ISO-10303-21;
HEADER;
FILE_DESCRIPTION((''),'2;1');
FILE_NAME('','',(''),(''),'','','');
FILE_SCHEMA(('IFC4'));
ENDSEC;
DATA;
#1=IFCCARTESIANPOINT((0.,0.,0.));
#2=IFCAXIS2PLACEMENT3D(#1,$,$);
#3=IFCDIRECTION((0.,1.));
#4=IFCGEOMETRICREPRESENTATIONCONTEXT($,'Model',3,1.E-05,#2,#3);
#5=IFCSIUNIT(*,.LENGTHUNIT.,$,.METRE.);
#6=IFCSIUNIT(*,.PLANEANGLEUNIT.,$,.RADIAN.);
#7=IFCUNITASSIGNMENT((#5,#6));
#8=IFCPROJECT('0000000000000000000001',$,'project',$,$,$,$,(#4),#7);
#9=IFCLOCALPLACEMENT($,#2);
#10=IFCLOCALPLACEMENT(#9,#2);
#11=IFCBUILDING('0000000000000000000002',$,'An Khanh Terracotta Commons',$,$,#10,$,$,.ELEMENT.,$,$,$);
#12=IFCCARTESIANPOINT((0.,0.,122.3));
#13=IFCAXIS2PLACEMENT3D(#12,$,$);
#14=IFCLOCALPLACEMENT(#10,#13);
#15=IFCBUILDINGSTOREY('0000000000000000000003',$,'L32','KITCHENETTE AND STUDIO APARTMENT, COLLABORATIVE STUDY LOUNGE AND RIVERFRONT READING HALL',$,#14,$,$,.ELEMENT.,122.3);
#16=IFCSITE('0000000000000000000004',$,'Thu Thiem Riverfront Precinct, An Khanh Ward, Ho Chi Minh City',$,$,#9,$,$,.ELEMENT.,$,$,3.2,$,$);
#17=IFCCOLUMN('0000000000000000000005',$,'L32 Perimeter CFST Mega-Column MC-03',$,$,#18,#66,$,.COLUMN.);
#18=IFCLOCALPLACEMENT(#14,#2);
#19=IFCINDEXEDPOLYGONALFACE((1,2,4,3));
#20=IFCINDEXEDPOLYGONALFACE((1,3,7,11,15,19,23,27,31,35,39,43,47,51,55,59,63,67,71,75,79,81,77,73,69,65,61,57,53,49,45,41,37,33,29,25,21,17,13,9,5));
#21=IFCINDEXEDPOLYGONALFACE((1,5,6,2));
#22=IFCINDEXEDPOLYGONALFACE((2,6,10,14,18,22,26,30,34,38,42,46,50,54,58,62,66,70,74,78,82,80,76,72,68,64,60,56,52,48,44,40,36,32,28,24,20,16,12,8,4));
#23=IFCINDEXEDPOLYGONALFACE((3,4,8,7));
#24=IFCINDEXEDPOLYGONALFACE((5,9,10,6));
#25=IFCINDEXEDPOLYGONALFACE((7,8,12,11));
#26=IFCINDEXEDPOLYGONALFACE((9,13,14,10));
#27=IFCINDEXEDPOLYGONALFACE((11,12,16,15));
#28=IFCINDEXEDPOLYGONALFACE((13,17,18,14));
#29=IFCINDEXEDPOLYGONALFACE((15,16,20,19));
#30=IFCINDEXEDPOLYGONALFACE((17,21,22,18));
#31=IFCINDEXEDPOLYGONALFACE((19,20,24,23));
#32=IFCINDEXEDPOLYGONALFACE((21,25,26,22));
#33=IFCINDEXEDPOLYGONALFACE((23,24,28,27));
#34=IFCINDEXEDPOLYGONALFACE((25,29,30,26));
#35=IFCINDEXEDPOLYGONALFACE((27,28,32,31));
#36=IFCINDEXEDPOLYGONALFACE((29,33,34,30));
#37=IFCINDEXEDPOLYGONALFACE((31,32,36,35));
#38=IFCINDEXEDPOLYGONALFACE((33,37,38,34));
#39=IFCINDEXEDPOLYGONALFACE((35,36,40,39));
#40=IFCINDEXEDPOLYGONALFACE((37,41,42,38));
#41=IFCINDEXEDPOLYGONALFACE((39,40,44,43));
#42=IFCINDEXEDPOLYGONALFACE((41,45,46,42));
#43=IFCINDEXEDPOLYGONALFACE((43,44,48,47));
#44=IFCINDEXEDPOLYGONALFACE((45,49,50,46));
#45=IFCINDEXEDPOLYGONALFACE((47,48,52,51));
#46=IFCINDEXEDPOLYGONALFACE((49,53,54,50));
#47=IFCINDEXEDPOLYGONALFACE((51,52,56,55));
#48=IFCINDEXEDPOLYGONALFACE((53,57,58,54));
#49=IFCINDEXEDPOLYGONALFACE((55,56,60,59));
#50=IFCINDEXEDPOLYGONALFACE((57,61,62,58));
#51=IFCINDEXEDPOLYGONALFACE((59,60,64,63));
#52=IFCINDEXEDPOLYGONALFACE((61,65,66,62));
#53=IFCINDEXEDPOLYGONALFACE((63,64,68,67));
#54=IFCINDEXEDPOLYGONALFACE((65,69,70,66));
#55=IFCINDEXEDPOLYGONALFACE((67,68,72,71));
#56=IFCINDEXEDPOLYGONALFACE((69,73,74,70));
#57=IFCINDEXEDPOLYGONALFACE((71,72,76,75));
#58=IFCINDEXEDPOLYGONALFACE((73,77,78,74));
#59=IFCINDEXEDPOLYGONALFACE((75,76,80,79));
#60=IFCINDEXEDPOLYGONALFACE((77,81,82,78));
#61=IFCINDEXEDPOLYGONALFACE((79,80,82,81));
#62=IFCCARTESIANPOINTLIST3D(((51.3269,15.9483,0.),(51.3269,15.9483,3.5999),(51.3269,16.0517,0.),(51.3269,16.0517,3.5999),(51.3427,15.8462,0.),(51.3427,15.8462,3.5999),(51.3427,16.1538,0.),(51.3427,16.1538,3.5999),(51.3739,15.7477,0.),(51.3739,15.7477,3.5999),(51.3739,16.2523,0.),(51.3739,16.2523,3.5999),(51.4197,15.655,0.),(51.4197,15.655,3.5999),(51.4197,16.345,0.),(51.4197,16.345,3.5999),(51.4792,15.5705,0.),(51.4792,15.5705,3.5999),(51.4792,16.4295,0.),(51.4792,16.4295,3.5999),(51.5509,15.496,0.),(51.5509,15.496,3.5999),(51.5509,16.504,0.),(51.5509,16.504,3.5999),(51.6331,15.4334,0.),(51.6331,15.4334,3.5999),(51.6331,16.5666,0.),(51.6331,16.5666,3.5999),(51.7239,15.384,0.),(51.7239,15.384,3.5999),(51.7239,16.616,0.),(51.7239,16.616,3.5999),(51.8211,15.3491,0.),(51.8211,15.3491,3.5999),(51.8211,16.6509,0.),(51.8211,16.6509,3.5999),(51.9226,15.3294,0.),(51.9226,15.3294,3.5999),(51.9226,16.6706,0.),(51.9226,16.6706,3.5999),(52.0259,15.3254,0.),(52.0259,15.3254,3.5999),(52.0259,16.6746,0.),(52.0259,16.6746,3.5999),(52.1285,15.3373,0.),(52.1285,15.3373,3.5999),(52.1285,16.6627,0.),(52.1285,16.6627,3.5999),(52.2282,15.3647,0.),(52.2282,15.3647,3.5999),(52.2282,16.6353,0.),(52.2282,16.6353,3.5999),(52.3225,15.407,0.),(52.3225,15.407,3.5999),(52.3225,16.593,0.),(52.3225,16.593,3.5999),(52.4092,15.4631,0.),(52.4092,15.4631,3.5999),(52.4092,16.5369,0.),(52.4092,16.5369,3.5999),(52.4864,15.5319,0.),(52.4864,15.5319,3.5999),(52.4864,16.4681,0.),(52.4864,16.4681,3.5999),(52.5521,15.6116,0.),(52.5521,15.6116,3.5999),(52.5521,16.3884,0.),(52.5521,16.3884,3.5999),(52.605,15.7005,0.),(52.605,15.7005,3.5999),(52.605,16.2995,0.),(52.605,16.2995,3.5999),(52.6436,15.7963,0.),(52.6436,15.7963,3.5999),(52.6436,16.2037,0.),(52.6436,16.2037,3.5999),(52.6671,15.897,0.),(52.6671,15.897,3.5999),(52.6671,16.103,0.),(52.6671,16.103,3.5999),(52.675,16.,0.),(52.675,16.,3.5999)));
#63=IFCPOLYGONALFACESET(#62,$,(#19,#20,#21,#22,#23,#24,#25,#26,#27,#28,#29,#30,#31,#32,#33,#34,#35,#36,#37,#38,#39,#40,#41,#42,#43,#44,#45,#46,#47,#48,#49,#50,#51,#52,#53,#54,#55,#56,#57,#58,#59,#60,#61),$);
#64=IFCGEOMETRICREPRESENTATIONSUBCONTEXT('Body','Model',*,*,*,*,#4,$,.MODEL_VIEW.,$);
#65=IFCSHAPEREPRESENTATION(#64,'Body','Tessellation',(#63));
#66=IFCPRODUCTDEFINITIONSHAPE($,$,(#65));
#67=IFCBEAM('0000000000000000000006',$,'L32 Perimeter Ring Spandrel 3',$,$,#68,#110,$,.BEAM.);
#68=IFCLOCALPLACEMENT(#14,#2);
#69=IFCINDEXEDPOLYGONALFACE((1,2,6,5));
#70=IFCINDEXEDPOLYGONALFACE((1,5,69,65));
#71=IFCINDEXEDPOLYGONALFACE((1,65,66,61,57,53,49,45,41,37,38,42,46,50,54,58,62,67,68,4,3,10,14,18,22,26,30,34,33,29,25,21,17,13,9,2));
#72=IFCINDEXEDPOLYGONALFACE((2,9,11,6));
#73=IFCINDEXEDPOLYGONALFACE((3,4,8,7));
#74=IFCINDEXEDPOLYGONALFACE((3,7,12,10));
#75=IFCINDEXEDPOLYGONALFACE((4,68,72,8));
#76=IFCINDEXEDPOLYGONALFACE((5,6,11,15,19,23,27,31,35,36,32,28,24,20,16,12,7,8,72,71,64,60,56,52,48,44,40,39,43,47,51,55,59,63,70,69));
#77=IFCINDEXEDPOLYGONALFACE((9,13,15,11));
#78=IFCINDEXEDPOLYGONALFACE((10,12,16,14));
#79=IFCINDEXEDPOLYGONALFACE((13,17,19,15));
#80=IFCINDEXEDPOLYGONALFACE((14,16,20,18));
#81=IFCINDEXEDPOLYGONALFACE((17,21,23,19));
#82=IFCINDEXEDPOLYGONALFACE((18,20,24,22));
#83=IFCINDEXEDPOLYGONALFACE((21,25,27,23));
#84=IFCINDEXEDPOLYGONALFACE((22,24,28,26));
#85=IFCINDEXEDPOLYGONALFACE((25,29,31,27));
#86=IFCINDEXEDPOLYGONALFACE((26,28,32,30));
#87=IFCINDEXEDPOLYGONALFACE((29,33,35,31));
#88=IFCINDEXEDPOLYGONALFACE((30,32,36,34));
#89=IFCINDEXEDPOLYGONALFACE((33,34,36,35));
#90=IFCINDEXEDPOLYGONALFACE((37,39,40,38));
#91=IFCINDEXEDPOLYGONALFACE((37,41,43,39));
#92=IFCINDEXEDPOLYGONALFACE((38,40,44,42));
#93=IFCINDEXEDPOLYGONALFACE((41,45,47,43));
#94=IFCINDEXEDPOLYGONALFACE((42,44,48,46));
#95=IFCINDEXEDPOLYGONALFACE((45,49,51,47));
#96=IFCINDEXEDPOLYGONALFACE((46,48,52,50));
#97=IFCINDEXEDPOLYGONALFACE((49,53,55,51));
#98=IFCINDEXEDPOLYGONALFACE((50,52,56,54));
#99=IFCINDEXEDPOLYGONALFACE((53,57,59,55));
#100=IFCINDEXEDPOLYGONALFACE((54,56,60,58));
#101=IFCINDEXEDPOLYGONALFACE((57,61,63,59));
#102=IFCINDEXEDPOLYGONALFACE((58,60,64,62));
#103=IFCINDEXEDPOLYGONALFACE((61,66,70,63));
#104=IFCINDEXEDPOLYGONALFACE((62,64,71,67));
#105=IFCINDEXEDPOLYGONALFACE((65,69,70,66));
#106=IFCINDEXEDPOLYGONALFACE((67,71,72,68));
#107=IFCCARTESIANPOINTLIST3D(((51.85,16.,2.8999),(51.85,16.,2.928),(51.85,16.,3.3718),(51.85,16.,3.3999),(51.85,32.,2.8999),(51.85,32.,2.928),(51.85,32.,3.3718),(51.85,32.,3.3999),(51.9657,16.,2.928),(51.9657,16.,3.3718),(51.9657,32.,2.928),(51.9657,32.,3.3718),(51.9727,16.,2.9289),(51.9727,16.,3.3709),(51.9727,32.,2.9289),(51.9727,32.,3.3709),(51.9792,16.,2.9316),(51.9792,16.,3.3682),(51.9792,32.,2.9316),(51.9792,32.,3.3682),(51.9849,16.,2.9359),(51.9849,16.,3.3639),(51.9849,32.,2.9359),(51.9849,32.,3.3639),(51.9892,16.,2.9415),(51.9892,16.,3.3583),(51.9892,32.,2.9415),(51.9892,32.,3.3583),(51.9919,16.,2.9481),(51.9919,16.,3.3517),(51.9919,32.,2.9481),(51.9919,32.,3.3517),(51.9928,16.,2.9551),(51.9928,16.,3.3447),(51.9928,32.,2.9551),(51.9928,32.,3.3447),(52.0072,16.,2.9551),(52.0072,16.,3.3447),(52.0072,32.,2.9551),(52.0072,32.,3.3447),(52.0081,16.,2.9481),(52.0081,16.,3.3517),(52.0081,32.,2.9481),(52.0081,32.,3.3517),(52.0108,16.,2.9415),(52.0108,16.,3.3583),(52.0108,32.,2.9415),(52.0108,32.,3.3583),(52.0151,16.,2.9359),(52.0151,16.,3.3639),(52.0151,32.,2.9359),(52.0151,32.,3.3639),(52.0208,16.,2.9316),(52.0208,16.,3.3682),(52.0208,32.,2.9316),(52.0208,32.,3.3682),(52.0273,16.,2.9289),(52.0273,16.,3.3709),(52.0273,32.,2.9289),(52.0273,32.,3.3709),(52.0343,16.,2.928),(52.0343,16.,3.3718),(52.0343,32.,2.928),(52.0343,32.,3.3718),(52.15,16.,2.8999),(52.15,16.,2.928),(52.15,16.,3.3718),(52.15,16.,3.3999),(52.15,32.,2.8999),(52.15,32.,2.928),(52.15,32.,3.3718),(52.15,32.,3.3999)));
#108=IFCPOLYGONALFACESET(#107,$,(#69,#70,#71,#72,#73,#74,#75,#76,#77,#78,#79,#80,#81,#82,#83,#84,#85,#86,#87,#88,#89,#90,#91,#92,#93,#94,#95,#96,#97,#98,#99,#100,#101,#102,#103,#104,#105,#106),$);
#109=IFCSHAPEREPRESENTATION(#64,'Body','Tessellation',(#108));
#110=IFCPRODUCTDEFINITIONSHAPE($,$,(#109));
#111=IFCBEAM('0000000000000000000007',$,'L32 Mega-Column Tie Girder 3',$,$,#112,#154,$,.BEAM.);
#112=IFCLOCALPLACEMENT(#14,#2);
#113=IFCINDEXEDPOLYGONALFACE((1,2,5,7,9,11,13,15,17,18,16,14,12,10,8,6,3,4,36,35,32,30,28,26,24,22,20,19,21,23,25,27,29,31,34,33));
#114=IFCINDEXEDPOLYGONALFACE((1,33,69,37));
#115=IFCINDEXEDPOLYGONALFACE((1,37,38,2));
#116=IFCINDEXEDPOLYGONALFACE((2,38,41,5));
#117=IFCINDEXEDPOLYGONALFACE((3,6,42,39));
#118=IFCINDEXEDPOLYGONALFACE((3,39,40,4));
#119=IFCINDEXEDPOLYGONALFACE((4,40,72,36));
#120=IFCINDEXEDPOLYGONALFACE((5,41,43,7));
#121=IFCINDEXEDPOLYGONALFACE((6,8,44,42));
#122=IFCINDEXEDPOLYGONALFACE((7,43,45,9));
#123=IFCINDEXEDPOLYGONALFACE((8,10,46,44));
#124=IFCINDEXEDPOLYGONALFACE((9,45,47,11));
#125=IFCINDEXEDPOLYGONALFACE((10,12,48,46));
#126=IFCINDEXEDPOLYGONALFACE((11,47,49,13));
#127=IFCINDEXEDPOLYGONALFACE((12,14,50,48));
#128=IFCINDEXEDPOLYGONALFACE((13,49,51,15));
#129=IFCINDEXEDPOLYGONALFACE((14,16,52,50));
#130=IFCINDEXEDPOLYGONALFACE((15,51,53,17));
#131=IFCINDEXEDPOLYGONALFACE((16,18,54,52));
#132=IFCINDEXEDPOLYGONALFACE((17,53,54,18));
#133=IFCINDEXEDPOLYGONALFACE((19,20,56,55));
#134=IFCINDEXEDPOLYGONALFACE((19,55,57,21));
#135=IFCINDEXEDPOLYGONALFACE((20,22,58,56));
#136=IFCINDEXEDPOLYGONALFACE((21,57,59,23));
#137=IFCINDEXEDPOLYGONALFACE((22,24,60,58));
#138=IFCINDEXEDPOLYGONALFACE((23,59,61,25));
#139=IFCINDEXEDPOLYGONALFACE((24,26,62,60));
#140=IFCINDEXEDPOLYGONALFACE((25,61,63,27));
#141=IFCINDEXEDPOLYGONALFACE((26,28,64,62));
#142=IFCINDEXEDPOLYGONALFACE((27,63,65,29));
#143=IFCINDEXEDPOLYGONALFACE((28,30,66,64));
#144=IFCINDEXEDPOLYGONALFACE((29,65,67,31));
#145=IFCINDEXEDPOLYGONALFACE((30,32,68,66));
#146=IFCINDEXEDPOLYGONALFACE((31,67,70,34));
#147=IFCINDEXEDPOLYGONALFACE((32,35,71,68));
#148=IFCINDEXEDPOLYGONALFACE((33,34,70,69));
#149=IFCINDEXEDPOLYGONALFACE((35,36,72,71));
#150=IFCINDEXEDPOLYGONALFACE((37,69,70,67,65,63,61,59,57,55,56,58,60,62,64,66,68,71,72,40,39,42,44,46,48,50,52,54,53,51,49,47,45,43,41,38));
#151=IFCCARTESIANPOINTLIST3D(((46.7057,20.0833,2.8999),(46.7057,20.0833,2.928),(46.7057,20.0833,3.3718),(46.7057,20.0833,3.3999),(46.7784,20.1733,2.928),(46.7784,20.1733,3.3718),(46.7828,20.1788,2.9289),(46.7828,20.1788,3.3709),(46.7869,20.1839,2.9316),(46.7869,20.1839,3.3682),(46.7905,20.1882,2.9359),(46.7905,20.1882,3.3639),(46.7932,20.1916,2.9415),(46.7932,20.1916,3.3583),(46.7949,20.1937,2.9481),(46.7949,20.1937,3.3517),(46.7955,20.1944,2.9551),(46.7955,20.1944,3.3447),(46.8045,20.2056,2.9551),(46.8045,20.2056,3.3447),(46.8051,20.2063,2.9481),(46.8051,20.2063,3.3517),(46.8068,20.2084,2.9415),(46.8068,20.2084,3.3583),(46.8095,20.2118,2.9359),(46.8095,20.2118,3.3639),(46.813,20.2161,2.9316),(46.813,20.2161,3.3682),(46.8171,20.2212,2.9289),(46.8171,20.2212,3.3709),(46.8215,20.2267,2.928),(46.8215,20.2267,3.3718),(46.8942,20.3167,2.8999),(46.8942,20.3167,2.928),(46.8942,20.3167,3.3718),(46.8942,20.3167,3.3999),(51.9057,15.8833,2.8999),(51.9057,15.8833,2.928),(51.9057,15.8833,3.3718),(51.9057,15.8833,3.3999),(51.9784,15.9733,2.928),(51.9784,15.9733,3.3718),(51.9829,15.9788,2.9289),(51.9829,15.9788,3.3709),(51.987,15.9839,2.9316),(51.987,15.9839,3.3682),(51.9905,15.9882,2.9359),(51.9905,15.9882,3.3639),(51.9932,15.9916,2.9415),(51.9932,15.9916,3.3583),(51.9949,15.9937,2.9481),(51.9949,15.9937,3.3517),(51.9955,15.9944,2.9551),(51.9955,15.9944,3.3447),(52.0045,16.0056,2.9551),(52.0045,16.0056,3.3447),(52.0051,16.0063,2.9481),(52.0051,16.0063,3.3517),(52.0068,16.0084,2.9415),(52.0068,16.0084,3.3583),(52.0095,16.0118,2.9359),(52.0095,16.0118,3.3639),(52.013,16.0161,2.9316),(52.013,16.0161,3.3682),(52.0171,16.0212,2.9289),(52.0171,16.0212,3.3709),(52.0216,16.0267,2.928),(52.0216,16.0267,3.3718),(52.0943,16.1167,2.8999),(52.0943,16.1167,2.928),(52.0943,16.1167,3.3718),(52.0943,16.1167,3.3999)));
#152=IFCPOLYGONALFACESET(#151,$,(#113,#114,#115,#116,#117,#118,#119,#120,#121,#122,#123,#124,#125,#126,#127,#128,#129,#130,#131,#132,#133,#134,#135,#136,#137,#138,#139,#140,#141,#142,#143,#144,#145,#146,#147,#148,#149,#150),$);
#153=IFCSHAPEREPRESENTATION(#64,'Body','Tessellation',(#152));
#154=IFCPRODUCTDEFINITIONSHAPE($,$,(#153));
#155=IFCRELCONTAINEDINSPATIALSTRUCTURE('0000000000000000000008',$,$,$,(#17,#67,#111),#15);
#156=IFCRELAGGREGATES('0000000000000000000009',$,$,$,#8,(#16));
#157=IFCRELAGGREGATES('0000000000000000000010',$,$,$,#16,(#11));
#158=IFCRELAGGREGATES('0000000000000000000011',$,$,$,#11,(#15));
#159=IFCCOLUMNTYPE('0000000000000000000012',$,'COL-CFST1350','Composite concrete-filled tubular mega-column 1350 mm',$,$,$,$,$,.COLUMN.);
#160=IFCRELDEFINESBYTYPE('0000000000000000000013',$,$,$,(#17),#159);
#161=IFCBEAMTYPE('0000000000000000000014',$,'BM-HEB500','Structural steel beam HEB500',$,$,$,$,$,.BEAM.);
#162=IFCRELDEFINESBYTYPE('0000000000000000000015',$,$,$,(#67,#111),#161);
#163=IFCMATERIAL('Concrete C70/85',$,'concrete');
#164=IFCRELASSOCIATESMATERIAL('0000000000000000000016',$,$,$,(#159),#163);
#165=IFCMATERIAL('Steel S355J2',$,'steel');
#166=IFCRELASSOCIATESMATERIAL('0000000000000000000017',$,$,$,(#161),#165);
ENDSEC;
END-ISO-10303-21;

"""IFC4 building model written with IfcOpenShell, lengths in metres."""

from ifc_helpers import new_model, si_unit, direction, frame, origin, origin_2d, place, context, subcontext, project, spatial, circle, i_section, extrude, material, material_profile, profile_set, type_object, element, save


model = new_model("IFC4")

# Units and contexts
model_context = context("Model", 3, precision=1e-05, world=origin(), true_north=direction((0.0, 1.0)))
body_context = subcontext(model_context, "Body", "Model", "MODEL_VIEW")
ifc_project = project(units=[si_unit("LENGTHUNIT", "METRE"), si_unit("PLANEANGLEUNIT", "RADIAN")], contexts=[model_context])

# Site, building, storey
site_placement = place(None, origin())
site = spatial("IfcSite", under=ifc_project, at=site_placement, Name="Thu Thiem Riverfront Precinct, An Khanh Ward, Ho Chi Minh City", CompositionType="ELEMENT", RefElevation=3.2)
building_placement = place(site_placement, origin())
building = spatial("IfcBuilding", under=site, at=building_placement, Name="An Khanh Terracotta Commons", CompositionType="ELEMENT")
storey_placement = place(building_placement, frame((0.0, 0.0, 122.3)))
storey = spatial("IfcBuildingStorey", under=building, at=storey_placement, Name="L32", Description="KITCHENETTE AND STUDIO APARTMENT, COLLABORATIVE STUDY LOUNGE AND RIVERFRONT READING HALL", CompositionType="ELEMENT", Elevation=122.3)

# Column
ifc_material_1 = material(Name="Concrete C70/85", Category="concrete")
ifc_material_profile_1 = material_profile(ifc_material_1, circle(Radius=0.675, at=origin_2d()), Name="CFST1350")
ifc_profile_set_1 = profile_set([ifc_material_profile_1], Name="Concrete C70/85")
column_type = type_object("IfcColumnType", Name="COL-CFST1350", Description="Composite concrete-filled tubular mega-column 1350 mm", PredefinedType="COLUMN", material=ifc_profile_set_1)
column_placement = place(storey_placement, frame((52.0, 16.0, 0.0), z_axis=(0.0, 0.0, 1.0), x_axis=(1.0, 0.0, 0.0)))
element("IfcColumn", 1, at=column_placement, inside=storey, type_object=column_type, Name="L32 Perimeter CFST Mega-Column MC-03", PredefinedType="COLUMN", context=body_context, shape_type="SweptSolid", body=[
    extrude(circle(Radius=0.675, at=origin_2d()), origin(), (0.0, 0.0, 1.0), 3.5999),
])

# Beams
ifc_material_2 = material(Name="Steel S355J2", Category="steel")
ifc_material_profile_2 = material_profile(ifc_material_2, i_section(OverallWidth=0.3, OverallDepth=0.5, WebThickness=0.0144, FlangeThickness=0.0281, FilletRadius=0.0271, at=origin_2d()), Name="HEB500")
ifc_profile_set_2 = profile_set([ifc_material_profile_2], Name="Steel S355J2")
beam_type = type_object("IfcBeamType", Name="BM-HEB500", Description="Structural steel beam HEB500", PredefinedType="BEAM", material=ifc_profile_set_2)
beam_1_placement = place(storey_placement, frame((52.0, 16.0, 3.1499), z_axis=(0.0, 1.0, 0.0), x_axis=(-1.0, 0.0, 0.0)))
element("IfcBeam", 2, at=beam_1_placement, inside=storey, type_object=beam_type, Name="L32 Perimeter Ring Spandrel 3", PredefinedType="BEAM", context=body_context, shape_type="SweptSolid", body=[
    extrude(i_section(OverallWidth=0.3, OverallDepth=0.5, WebThickness=0.0144, FlangeThickness=0.0281, FilletRadius=0.0271, at=origin_2d()), origin(), (0.0, 0.0, 1.0), 16.0),
])
beam_2_placement = place(storey_placement, frame((52.0, 16.0, 3.1499), z_axis=(-0.777942, 0.628336, 0.0), x_axis=(-0.628336, -0.777942, 0.0)))
element("IfcBeam", 3, at=beam_2_placement, inside=storey, type_object=beam_type, Name="L32 Mega-Column Tie Girder 3", PredefinedType="BEAM", context=body_context, shape_type="SweptSolid", body=[
    extrude(i_section(OverallWidth=0.3, OverallDepth=0.5, WebThickness=0.0144, FlangeThickness=0.0281, FilletRadius=0.0271, at=origin_2d()), origin(), (0.0, 0.0, 1.0), 6.6843),
])

save(model, "model.ifc")
